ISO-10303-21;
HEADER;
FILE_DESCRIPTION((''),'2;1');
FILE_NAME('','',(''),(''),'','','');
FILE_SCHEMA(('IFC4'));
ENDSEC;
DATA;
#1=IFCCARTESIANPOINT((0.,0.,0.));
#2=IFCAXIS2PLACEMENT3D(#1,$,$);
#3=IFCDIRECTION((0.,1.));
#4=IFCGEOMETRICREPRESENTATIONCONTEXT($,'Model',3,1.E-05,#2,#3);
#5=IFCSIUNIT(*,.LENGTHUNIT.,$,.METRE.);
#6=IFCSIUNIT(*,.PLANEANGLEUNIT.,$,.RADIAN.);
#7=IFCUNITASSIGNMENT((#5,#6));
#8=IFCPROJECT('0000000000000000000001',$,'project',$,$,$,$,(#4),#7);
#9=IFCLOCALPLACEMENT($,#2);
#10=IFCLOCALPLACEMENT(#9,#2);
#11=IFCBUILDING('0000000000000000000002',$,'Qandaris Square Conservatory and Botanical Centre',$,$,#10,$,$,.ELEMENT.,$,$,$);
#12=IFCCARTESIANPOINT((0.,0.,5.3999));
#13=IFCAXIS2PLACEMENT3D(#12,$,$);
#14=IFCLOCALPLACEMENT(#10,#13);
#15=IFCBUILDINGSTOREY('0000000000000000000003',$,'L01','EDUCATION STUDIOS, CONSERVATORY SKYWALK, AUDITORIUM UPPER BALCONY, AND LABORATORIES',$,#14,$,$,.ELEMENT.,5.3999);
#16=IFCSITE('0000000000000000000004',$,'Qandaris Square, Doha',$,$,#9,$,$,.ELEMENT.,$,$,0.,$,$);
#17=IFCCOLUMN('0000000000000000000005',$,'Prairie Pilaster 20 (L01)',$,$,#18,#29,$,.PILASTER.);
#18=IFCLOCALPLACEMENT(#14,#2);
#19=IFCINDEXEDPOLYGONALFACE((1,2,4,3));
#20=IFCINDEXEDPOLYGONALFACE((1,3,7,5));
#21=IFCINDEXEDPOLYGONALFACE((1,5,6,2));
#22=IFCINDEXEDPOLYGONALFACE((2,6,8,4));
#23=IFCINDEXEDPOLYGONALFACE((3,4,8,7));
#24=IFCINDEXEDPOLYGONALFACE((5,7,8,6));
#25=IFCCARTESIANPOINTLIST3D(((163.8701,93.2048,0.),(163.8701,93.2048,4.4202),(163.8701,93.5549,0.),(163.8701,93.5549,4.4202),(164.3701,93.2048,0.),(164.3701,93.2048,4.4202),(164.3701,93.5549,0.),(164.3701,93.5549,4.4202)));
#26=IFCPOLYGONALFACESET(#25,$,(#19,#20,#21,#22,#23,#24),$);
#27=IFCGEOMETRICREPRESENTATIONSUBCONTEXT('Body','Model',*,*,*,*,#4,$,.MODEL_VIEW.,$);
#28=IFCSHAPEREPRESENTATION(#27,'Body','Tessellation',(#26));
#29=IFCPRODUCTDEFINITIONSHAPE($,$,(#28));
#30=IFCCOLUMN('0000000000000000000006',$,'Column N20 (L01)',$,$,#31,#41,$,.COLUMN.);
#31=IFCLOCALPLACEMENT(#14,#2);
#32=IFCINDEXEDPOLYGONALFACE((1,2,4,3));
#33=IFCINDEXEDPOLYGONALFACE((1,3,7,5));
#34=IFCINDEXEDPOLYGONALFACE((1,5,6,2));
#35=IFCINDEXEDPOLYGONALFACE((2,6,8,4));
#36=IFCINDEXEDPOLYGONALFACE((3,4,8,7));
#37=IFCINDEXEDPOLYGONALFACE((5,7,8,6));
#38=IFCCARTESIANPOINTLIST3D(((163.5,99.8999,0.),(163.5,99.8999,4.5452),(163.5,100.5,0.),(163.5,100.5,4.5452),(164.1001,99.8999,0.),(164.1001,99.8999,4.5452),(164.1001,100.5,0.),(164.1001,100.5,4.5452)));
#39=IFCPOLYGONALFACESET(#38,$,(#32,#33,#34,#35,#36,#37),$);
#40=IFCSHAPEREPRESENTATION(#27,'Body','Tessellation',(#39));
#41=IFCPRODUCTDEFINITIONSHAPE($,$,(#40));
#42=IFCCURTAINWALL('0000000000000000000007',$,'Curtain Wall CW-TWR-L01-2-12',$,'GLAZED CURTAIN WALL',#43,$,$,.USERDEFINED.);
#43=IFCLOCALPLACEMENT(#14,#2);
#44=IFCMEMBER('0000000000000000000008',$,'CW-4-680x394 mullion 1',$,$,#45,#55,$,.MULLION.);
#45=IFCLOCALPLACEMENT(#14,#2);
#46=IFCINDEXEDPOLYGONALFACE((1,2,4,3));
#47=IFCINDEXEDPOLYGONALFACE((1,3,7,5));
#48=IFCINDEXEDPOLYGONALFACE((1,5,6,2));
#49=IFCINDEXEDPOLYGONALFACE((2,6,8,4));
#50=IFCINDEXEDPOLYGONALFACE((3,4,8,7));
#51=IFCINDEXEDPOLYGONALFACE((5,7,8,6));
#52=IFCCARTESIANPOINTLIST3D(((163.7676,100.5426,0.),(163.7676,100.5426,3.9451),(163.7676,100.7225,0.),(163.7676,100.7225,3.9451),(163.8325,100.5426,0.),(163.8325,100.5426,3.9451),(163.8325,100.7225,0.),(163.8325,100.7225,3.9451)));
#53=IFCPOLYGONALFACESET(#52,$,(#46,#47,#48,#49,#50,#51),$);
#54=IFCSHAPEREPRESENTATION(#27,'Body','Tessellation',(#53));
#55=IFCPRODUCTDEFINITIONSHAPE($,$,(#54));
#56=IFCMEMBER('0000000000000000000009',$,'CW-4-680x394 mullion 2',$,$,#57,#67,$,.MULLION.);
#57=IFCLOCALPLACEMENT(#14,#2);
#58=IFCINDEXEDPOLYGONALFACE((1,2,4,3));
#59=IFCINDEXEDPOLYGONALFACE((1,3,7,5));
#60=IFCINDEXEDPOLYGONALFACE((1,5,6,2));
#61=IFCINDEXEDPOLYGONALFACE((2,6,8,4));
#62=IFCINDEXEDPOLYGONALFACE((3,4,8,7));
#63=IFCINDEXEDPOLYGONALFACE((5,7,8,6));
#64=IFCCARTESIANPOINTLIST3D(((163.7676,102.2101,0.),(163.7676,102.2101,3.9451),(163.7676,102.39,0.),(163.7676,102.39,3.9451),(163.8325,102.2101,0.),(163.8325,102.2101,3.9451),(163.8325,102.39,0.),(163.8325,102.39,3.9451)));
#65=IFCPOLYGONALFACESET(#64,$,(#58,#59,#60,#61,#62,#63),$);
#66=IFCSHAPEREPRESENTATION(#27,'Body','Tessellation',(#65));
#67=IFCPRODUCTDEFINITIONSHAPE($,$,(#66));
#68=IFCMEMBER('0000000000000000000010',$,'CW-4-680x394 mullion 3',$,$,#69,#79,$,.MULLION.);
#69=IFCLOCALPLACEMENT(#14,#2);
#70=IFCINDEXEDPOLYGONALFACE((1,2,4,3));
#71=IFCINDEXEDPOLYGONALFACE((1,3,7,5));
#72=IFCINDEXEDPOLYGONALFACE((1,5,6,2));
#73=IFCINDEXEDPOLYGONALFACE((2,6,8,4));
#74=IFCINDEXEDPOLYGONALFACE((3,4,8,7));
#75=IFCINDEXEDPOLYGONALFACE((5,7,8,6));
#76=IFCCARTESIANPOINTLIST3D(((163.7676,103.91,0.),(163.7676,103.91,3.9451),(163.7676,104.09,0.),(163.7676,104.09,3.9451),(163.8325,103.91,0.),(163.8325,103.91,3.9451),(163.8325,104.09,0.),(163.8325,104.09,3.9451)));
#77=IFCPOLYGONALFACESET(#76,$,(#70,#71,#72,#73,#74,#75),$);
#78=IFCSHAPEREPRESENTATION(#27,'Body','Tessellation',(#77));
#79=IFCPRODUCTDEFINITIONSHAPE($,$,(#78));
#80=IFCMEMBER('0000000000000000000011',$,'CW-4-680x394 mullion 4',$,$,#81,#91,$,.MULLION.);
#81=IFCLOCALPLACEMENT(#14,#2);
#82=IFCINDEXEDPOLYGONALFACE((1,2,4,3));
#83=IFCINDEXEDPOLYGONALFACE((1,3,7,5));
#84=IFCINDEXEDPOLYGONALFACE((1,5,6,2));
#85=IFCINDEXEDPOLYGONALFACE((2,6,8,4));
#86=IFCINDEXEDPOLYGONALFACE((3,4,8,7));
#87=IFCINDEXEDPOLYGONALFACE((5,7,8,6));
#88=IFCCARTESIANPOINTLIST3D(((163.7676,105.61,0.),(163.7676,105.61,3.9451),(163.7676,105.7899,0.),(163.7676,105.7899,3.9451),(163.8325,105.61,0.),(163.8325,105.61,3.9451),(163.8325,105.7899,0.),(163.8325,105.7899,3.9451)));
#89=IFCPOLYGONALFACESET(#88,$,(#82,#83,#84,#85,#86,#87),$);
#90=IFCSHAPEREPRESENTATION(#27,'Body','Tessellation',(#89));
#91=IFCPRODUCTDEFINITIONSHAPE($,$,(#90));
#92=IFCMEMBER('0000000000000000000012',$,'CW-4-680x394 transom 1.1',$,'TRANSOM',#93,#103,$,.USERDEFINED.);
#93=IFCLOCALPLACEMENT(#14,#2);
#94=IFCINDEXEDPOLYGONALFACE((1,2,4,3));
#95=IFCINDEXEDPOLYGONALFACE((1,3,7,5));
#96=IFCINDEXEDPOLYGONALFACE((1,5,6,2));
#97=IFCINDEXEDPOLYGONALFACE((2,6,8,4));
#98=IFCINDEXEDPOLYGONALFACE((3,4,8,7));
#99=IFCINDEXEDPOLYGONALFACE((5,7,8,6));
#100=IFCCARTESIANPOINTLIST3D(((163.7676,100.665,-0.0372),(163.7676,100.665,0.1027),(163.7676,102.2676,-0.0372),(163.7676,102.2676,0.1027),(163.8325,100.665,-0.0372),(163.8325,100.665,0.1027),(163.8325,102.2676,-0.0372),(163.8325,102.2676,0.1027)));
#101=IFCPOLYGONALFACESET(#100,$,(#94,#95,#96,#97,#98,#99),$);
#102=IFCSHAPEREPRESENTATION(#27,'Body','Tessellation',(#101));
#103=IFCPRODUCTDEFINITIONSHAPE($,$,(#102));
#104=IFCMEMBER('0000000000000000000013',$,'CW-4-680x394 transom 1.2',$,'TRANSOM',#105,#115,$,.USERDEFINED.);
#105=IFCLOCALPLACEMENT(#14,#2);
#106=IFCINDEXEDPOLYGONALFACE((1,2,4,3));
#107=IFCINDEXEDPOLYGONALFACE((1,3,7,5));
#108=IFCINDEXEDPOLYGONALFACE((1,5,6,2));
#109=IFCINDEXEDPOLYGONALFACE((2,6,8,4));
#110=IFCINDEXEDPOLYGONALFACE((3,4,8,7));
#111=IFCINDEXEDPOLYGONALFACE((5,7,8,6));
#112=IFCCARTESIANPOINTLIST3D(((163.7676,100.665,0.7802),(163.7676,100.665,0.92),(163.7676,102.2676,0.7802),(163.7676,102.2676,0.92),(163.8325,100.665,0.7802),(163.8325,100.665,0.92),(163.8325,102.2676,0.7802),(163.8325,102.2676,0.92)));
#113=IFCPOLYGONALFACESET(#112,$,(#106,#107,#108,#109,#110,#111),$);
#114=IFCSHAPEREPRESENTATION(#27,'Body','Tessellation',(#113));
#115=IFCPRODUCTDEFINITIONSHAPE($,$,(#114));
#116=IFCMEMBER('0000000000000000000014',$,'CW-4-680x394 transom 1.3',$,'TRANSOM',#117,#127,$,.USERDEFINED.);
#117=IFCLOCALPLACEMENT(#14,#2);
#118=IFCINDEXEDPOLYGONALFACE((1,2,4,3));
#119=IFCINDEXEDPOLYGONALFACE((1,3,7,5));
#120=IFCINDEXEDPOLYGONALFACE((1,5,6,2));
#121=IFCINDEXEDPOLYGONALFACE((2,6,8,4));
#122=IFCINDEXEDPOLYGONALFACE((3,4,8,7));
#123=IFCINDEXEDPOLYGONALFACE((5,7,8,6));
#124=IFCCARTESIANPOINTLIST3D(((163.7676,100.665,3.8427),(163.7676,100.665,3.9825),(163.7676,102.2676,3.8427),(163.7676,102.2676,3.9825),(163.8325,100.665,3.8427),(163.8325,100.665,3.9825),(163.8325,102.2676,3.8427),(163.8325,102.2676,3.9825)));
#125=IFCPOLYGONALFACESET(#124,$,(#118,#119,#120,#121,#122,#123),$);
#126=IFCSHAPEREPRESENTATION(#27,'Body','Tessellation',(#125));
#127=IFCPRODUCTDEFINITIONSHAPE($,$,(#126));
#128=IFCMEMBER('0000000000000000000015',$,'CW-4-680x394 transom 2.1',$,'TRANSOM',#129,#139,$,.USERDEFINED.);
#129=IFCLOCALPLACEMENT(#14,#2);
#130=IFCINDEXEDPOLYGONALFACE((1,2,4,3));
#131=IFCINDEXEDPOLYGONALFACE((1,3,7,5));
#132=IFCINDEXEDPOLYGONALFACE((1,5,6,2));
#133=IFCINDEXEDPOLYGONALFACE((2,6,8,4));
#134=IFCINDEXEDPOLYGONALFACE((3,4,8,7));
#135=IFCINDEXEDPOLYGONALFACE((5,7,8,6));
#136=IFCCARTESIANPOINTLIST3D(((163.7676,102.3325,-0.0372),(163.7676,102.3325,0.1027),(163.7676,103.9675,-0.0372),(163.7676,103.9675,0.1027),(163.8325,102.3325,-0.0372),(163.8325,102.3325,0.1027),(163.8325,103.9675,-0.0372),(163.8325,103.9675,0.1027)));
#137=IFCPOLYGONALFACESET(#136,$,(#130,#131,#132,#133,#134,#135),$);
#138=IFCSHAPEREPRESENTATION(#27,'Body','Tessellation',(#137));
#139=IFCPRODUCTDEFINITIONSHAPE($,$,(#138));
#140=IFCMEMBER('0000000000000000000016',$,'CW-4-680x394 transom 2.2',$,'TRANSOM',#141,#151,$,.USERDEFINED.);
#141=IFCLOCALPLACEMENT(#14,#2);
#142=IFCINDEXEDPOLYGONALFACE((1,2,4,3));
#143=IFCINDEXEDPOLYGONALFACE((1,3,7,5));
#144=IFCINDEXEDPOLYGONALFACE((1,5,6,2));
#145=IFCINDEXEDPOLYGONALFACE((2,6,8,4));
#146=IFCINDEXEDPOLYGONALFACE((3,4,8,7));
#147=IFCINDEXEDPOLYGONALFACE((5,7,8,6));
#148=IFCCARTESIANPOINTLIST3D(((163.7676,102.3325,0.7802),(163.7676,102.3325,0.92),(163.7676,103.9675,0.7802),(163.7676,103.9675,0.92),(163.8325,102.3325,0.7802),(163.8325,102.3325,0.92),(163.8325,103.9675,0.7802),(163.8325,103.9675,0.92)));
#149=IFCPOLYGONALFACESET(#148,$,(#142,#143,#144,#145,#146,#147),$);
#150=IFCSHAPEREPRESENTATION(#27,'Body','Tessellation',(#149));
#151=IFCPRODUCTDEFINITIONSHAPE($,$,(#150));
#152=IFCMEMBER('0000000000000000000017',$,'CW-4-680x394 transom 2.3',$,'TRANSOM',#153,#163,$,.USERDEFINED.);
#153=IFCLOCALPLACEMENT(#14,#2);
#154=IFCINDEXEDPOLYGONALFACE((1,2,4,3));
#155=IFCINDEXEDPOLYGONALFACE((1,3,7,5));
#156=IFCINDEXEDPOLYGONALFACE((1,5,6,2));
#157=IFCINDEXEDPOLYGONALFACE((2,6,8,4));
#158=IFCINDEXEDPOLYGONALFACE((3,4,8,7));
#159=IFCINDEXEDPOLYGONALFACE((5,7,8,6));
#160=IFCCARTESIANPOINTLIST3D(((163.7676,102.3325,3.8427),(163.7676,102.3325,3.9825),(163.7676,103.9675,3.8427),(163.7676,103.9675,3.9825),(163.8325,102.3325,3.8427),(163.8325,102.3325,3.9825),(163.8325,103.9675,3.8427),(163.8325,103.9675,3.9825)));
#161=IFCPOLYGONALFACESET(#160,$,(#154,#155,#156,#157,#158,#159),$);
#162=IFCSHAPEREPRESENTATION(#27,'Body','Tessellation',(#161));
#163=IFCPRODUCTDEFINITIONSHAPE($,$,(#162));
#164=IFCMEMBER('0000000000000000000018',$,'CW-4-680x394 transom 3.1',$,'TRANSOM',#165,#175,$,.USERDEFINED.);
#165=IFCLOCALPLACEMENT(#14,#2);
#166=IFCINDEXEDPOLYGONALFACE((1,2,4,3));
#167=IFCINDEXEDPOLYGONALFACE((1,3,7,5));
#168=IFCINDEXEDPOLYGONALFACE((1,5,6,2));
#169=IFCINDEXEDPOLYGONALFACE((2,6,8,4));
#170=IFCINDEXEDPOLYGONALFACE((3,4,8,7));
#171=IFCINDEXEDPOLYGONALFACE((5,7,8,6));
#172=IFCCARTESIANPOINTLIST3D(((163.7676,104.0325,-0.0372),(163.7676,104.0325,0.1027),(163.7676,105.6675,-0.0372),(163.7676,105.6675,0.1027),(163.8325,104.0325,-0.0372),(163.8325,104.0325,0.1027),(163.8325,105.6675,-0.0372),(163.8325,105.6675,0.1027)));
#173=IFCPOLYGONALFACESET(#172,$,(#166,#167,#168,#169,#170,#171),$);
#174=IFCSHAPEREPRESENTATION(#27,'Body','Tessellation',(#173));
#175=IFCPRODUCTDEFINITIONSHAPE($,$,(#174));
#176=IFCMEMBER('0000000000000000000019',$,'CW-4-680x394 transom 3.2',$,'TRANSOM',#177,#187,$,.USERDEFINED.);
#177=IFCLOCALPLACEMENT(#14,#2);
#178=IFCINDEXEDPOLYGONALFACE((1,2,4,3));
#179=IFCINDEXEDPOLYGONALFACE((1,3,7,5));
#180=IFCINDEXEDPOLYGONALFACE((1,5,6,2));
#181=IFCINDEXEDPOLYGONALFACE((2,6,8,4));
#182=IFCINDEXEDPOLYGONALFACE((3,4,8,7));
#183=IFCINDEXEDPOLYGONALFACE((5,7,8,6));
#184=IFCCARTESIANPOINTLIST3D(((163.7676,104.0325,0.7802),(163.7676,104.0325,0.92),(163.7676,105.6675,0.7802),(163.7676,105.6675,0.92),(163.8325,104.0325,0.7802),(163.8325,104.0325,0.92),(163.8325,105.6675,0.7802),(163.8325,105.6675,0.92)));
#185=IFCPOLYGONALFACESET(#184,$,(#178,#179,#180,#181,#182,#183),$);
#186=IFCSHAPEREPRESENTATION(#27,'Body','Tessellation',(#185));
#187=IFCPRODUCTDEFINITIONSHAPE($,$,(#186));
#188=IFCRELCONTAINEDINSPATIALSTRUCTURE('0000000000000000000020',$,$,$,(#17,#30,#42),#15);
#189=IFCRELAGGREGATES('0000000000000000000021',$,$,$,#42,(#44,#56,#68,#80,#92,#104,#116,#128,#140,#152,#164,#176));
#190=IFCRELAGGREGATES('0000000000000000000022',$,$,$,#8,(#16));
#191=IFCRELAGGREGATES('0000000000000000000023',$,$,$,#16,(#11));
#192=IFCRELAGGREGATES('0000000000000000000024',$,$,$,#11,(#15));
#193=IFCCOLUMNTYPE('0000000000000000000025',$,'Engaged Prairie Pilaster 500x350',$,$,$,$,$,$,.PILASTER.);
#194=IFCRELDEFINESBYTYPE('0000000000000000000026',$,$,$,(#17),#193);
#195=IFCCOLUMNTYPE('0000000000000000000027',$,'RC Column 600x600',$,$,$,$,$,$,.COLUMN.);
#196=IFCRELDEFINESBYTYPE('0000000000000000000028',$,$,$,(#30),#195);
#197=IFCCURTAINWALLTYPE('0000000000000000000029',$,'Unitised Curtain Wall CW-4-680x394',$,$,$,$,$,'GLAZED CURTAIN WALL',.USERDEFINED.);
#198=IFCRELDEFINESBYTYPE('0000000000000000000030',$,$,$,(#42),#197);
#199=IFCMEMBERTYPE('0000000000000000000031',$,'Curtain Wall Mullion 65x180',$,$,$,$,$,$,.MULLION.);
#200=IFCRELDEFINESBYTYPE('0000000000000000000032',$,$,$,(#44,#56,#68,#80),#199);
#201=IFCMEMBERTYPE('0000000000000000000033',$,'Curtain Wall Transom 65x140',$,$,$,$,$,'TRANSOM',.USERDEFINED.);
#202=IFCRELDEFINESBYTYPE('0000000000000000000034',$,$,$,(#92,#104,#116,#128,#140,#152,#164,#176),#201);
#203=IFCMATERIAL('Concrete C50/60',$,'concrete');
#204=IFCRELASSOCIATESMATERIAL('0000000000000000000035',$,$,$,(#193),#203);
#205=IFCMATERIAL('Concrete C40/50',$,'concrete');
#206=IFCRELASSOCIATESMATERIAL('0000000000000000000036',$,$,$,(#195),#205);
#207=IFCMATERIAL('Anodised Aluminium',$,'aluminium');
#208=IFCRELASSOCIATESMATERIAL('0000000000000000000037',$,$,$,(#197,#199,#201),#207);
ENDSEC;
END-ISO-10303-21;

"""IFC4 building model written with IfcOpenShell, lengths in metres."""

from ifc_helpers import new_model, si_unit, direction, frame, origin, origin_2d, place, context, subcontext, project, spatial, rectangle, extrude, material, material_profile, profile_set, type_object, element, aggregate, save


model = new_model("IFC4")

# Units and contexts
model_context = context("Model", 3, precision=1e-05, world=origin(), true_north=direction((0.0, 1.0)))
body_context = subcontext(model_context, "Body", "Model", "MODEL_VIEW")
ifc_project = project(units=[si_unit("LENGTHUNIT", "METRE"), si_unit("PLANEANGLEUNIT", "RADIAN")], contexts=[model_context])

# Site, building, storey
site_placement = place(None, origin())
site = spatial("IfcSite", under=ifc_project, at=site_placement, Name="Qandaris Square, Doha", CompositionType="ELEMENT", RefElevation=0.0)
building_placement = place(site_placement, origin())
building = spatial("IfcBuilding", under=site, at=building_placement, Name="Qandaris Square Conservatory and Botanical Centre", CompositionType="ELEMENT")
storey_placement = place(building_placement, frame((0.0, 0.0, 5.3999)))
storey = spatial("IfcBuildingStorey", under=building, at=storey_placement, Name="L01", Description="EDUCATION STUDIOS, CONSERVATORY SKYWALK, AUDITORIUM UPPER BALCONY, AND LABORATORIES", CompositionType="ELEMENT", Elevation=5.3999)

# Columns
ifc_material_1 = material(Name="Concrete C50/60", Category="concrete")
ifc_material_profile_1 = material_profile(ifc_material_1, rectangle(XDim=0.5, YDim=0.3501, at=origin_2d()), Name="RC-PIL 500x350")
ifc_profile_set_1 = profile_set([ifc_material_profile_1], Name="Concrete C50/60")
column_type_1 = type_object("IfcColumnType", Name="Engaged Prairie Pilaster 500x350", PredefinedType="PILASTER", material=ifc_profile_set_1)
column_1_placement = place(storey_placement, frame((164.1201, 93.3799, 0.0), z_axis=(0.0, 0.0, 1.0), x_axis=(1.0, 0.0, 0.0)))
element("IfcColumn", 1, at=column_1_placement, inside=storey, type_object=column_type_1, Name="Prairie Pilaster 20 (L01)", PredefinedType="PILASTER", context=body_context, shape_type="SweptSolid", body=[
    extrude(rectangle(XDim=0.5, YDim=0.3501, at=origin_2d()), origin(), (0.0, 0.0, 1.0), 4.4202),
])
ifc_material_2 = material(Name="Concrete C40/50", Category="concrete")
ifc_material_profile_2 = material_profile(ifc_material_2, rectangle(XDim=0.6001, YDim=0.6001, at=origin_2d()), Name="RC-COL 600x600")
ifc_profile_set_2 = profile_set([ifc_material_profile_2], Name="Concrete C40/50")
column_type_2 = type_object("IfcColumnType", Name="RC Column 600x600", PredefinedType="COLUMN", material=ifc_profile_set_2)
column_2_placement = place(storey_placement, frame((163.8, 100.2, 0.0), z_axis=(0.0, 0.0, 1.0), x_axis=(1.0, 0.0, 0.0)))
element("IfcColumn", 2, at=column_2_placement, inside=storey, type_object=column_type_2, Name="Column N20 (L01)", PredefinedType="COLUMN", context=body_context, shape_type="SweptSolid", body=[
    extrude(rectangle(XDim=0.6001, YDim=0.6001, at=origin_2d()), origin(), (0.0, 0.0, 1.0), 4.5452),
])

# Curtain wall, members
ifc_material_3 = material(Name="Anodised Aluminium", Category="aluminium")
curtain_wall_type = type_object("IfcCurtainWallType", Name="Unitised Curtain Wall CW-4-680x394", ElementType="GLAZED CURTAIN WALL", PredefinedType="USERDEFINED", material=ifc_material_3)
curtain_wall_placement = place(storey_placement, origin())
curtain_wall = element("IfcCurtainWall", 3, at=curtain_wall_placement, inside=storey, type_object=curtain_wall_type, Name="Curtain Wall CW-TWR-L01-2-12", ObjectType="GLAZED CURTAIN WALL", PredefinedType="USERDEFINED")
ifc_material_profile_3 = material_profile(ifc_material_3, rectangle(XDim=0.0649, YDim=0.1799, at=origin_2d()), Name="ALU-MUL 65x180")
ifc_profile_set_3 = profile_set([ifc_material_profile_3], Name="Anodised Aluminium")
member_type_1 = type_object("IfcMemberType", Name="Curtain Wall Mullion 65x180", PredefinedType="MULLION", material=ifc_profile_set_3)
member_1_placement = place(storey_placement, frame((163.8, 100.6326, 0.0), z_axis=(0.0, 0.0, 1.0), x_axis=(-1.0, 0.0, 0.0)))
member_1 = element("IfcMember", 4, at=member_1_placement, type_object=member_type_1, Name="CW-4-680x394 mullion 1", PredefinedType="MULLION", context=body_context, shape_type="SweptSolid", body=[
    extrude(rectangle(XDim=0.0649, YDim=0.1799, at=origin_2d()), origin(), (0.0, 0.0, 1.0), 3.9451),
])
member_2_placement = place(storey_placement, frame((163.8, 102.3, 0.0), z_axis=(0.0, 0.0, 1.0), x_axis=(-1.0, 0.0, 0.0)))
member_2 = element("IfcMember", 5, at=member_2_placement, type_object=member_type_1, Name="CW-4-680x394 mullion 2", PredefinedType="MULLION", context=body_context, shape_type="SweptSolid", body=[
    extrude(rectangle(XDim=0.0649, YDim=0.1799, at=origin_2d()), origin(), (0.0, 0.0, 1.0), 3.9451),
])
member_3_placement = place(storey_placement, frame((163.8, 104.0, 0.0), z_axis=(0.0, 0.0, 1.0), x_axis=(-1.0, 0.0, 0.0)))
member_3 = element("IfcMember", 6, at=member_3_placement, type_object=member_type_1, Name="CW-4-680x394 mullion 3", PredefinedType="MULLION", context=body_context, shape_type="SweptSolid", body=[
    extrude(rectangle(XDim=0.0649, YDim=0.1799, at=origin_2d()), origin(), (0.0, 0.0, 1.0), 3.9451),
])
member_4_placement = place(storey_placement, frame((163.8, 105.7, 0.0), z_axis=(0.0, 0.0, 1.0), x_axis=(-1.0, 0.0, 0.0)))
member_4 = element("IfcMember", 7, at=member_4_placement, type_object=member_type_1, Name="CW-4-680x394 mullion 4", PredefinedType="MULLION", context=body_context, shape_type="SweptSolid", body=[
    extrude(rectangle(XDim=0.0649, YDim=0.1799, at=origin_2d()), origin(), (0.0, 0.0, 1.0), 3.9451),
])
ifc_material_profile_4 = material_profile(ifc_material_3, rectangle(XDim=0.0649, YDim=0.1399, at=origin_2d()), Name="ALU-TRN 65x140")
ifc_profile_set_4 = profile_set([ifc_material_profile_4], Name="Anodised Aluminium")
member_type_2 = type_object("IfcMemberType", Name="Curtain Wall Transom 65x140", ElementType="TRANSOM", PredefinedType="USERDEFINED", material=ifc_profile_set_4)
member_5_placement = place(storey_placement, frame((163.8, 100.665, 0.0327), z_axis=(0.0, 1.0, 0.0), x_axis=(-1.0, 0.0, 0.0)))
member_5 = element("IfcMember", 8, at=member_5_placement, type_object=member_type_2, Name="CW-4-680x394 transom 1.1", ObjectType="TRANSOM", PredefinedType="USERDEFINED", context=body_context, shape_type="SweptSolid", body=[
    extrude(rectangle(XDim=0.0649, YDim=0.1399, at=origin_2d()), origin(), (0.0, 0.0, 1.0), 1.6025),
])
member_6_placement = place(storey_placement, frame((163.8, 100.665, 0.8501), z_axis=(0.0, 1.0, 0.0), x_axis=(-1.0, 0.0, 0.0)))
member_6 = element("IfcMember", 9, at=member_6_placement, type_object=member_type_2, Name="CW-4-680x394 transom 1.2", ObjectType="TRANSOM", PredefinedType="USERDEFINED", context=body_context, shape_type="SweptSolid", body=[
    extrude(rectangle(XDim=0.0649, YDim=0.1399, at=origin_2d()), origin(), (0.0, 0.0, 1.0), 1.6025),
])
member_7_placement = place(storey_placement, frame((163.8, 100.665, 3.9126), z_axis=(0.0, 1.0, 0.0), x_axis=(-1.0, 0.0, 0.0)))
member_7 = element("IfcMember", 10, at=member_7_placement, type_object=member_type_2, Name="CW-4-680x394 transom 1.3", ObjectType="TRANSOM", PredefinedType="USERDEFINED", context=body_context, shape_type="SweptSolid", body=[
    extrude(rectangle(XDim=0.0649, YDim=0.1399, at=origin_2d()), origin(), (0.0, 0.0, 1.0), 1.6025),
])
member_8_placement = place(storey_placement, frame((163.8, 102.3325, 0.0327), z_axis=(0.0, 1.0, 0.0), x_axis=(-1.0, 0.0, 0.0)))
member_8 = element("IfcMember", 11, at=member_8_placement, type_object=member_type_2, Name="CW-4-680x394 transom 2.1", ObjectType="TRANSOM", PredefinedType="USERDEFINED", context=body_context, shape_type="SweptSolid", body=[
    extrude(rectangle(XDim=0.0649, YDim=0.1399, at=origin_2d()), origin(), (0.0, 0.0, 1.0), 1.635),
])
member_9_placement = place(storey_placement, frame((163.8, 102.3325, 0.8501), z_axis=(0.0, 1.0, 0.0), x_axis=(-1.0, 0.0, 0.0)))
member_9 = element("IfcMember", 12, at=member_9_placement, type_object=member_type_2, Name="CW-4-680x394 transom 2.2", ObjectType="TRANSOM", PredefinedType="USERDEFINED", context=body_context, shape_type="SweptSolid", body=[
    extrude(rectangle(XDim=0.0649, YDim=0.1399, at=origin_2d()), origin(), (0.0, 0.0, 1.0), 1.635),
])
member_10_placement = place(storey_placement, frame((163.8, 102.3325, 3.9126), z_axis=(0.0, 1.0, 0.0), x_axis=(-1.0, 0.0, 0.0)))
member_10 = element("IfcMember", 13, at=member_10_placement, type_object=member_type_2, Name="CW-4-680x394 transom 2.3", ObjectType="TRANSOM", PredefinedType="USERDEFINED", context=body_context, shape_type="SweptSolid", body=[
    extrude(rectangle(XDim=0.0649, YDim=0.1399, at=origin_2d()), origin(), (0.0, 0.0, 1.0), 1.635),
])
member_11_placement = place(storey_placement, frame((163.8, 104.0325, 0.0327), z_axis=(0.0, 1.0, 0.0), x_axis=(-1.0, 0.0, 0.0)))
member_11 = element("IfcMember", 14, at=member_11_placement, type_object=member_type_2, Name="CW-4-680x394 transom 3.1", ObjectType="TRANSOM", PredefinedType="USERDEFINED", context=body_context, shape_type="SweptSolid", body=[
    extrude(rectangle(XDim=0.0649, YDim=0.1399, at=origin_2d()), origin(), (0.0, 0.0, 1.0), 1.635),
])
member_12_placement = place(storey_placement, frame((163.8, 104.0325, 0.8501), z_axis=(0.0, 1.0, 0.0), x_axis=(-1.0, 0.0, 0.0)))
member_12 = element("IfcMember", 15, at=member_12_placement, type_object=member_type_2, Name="CW-4-680x394 transom 3.2", ObjectType="TRANSOM", PredefinedType="USERDEFINED", context=body_context, shape_type="SweptSolid", body=[
    extrude(rectangle(XDim=0.0649, YDim=0.1399, at=origin_2d()), origin(), (0.0, 0.0, 1.0), 1.635),
])

aggregate(curtain_wall, [member_1, member_2, member_3, member_4, member_5, member_6, member_7, member_8, member_9, member_10, member_11, member_12])

save(model, "model.ifc")
